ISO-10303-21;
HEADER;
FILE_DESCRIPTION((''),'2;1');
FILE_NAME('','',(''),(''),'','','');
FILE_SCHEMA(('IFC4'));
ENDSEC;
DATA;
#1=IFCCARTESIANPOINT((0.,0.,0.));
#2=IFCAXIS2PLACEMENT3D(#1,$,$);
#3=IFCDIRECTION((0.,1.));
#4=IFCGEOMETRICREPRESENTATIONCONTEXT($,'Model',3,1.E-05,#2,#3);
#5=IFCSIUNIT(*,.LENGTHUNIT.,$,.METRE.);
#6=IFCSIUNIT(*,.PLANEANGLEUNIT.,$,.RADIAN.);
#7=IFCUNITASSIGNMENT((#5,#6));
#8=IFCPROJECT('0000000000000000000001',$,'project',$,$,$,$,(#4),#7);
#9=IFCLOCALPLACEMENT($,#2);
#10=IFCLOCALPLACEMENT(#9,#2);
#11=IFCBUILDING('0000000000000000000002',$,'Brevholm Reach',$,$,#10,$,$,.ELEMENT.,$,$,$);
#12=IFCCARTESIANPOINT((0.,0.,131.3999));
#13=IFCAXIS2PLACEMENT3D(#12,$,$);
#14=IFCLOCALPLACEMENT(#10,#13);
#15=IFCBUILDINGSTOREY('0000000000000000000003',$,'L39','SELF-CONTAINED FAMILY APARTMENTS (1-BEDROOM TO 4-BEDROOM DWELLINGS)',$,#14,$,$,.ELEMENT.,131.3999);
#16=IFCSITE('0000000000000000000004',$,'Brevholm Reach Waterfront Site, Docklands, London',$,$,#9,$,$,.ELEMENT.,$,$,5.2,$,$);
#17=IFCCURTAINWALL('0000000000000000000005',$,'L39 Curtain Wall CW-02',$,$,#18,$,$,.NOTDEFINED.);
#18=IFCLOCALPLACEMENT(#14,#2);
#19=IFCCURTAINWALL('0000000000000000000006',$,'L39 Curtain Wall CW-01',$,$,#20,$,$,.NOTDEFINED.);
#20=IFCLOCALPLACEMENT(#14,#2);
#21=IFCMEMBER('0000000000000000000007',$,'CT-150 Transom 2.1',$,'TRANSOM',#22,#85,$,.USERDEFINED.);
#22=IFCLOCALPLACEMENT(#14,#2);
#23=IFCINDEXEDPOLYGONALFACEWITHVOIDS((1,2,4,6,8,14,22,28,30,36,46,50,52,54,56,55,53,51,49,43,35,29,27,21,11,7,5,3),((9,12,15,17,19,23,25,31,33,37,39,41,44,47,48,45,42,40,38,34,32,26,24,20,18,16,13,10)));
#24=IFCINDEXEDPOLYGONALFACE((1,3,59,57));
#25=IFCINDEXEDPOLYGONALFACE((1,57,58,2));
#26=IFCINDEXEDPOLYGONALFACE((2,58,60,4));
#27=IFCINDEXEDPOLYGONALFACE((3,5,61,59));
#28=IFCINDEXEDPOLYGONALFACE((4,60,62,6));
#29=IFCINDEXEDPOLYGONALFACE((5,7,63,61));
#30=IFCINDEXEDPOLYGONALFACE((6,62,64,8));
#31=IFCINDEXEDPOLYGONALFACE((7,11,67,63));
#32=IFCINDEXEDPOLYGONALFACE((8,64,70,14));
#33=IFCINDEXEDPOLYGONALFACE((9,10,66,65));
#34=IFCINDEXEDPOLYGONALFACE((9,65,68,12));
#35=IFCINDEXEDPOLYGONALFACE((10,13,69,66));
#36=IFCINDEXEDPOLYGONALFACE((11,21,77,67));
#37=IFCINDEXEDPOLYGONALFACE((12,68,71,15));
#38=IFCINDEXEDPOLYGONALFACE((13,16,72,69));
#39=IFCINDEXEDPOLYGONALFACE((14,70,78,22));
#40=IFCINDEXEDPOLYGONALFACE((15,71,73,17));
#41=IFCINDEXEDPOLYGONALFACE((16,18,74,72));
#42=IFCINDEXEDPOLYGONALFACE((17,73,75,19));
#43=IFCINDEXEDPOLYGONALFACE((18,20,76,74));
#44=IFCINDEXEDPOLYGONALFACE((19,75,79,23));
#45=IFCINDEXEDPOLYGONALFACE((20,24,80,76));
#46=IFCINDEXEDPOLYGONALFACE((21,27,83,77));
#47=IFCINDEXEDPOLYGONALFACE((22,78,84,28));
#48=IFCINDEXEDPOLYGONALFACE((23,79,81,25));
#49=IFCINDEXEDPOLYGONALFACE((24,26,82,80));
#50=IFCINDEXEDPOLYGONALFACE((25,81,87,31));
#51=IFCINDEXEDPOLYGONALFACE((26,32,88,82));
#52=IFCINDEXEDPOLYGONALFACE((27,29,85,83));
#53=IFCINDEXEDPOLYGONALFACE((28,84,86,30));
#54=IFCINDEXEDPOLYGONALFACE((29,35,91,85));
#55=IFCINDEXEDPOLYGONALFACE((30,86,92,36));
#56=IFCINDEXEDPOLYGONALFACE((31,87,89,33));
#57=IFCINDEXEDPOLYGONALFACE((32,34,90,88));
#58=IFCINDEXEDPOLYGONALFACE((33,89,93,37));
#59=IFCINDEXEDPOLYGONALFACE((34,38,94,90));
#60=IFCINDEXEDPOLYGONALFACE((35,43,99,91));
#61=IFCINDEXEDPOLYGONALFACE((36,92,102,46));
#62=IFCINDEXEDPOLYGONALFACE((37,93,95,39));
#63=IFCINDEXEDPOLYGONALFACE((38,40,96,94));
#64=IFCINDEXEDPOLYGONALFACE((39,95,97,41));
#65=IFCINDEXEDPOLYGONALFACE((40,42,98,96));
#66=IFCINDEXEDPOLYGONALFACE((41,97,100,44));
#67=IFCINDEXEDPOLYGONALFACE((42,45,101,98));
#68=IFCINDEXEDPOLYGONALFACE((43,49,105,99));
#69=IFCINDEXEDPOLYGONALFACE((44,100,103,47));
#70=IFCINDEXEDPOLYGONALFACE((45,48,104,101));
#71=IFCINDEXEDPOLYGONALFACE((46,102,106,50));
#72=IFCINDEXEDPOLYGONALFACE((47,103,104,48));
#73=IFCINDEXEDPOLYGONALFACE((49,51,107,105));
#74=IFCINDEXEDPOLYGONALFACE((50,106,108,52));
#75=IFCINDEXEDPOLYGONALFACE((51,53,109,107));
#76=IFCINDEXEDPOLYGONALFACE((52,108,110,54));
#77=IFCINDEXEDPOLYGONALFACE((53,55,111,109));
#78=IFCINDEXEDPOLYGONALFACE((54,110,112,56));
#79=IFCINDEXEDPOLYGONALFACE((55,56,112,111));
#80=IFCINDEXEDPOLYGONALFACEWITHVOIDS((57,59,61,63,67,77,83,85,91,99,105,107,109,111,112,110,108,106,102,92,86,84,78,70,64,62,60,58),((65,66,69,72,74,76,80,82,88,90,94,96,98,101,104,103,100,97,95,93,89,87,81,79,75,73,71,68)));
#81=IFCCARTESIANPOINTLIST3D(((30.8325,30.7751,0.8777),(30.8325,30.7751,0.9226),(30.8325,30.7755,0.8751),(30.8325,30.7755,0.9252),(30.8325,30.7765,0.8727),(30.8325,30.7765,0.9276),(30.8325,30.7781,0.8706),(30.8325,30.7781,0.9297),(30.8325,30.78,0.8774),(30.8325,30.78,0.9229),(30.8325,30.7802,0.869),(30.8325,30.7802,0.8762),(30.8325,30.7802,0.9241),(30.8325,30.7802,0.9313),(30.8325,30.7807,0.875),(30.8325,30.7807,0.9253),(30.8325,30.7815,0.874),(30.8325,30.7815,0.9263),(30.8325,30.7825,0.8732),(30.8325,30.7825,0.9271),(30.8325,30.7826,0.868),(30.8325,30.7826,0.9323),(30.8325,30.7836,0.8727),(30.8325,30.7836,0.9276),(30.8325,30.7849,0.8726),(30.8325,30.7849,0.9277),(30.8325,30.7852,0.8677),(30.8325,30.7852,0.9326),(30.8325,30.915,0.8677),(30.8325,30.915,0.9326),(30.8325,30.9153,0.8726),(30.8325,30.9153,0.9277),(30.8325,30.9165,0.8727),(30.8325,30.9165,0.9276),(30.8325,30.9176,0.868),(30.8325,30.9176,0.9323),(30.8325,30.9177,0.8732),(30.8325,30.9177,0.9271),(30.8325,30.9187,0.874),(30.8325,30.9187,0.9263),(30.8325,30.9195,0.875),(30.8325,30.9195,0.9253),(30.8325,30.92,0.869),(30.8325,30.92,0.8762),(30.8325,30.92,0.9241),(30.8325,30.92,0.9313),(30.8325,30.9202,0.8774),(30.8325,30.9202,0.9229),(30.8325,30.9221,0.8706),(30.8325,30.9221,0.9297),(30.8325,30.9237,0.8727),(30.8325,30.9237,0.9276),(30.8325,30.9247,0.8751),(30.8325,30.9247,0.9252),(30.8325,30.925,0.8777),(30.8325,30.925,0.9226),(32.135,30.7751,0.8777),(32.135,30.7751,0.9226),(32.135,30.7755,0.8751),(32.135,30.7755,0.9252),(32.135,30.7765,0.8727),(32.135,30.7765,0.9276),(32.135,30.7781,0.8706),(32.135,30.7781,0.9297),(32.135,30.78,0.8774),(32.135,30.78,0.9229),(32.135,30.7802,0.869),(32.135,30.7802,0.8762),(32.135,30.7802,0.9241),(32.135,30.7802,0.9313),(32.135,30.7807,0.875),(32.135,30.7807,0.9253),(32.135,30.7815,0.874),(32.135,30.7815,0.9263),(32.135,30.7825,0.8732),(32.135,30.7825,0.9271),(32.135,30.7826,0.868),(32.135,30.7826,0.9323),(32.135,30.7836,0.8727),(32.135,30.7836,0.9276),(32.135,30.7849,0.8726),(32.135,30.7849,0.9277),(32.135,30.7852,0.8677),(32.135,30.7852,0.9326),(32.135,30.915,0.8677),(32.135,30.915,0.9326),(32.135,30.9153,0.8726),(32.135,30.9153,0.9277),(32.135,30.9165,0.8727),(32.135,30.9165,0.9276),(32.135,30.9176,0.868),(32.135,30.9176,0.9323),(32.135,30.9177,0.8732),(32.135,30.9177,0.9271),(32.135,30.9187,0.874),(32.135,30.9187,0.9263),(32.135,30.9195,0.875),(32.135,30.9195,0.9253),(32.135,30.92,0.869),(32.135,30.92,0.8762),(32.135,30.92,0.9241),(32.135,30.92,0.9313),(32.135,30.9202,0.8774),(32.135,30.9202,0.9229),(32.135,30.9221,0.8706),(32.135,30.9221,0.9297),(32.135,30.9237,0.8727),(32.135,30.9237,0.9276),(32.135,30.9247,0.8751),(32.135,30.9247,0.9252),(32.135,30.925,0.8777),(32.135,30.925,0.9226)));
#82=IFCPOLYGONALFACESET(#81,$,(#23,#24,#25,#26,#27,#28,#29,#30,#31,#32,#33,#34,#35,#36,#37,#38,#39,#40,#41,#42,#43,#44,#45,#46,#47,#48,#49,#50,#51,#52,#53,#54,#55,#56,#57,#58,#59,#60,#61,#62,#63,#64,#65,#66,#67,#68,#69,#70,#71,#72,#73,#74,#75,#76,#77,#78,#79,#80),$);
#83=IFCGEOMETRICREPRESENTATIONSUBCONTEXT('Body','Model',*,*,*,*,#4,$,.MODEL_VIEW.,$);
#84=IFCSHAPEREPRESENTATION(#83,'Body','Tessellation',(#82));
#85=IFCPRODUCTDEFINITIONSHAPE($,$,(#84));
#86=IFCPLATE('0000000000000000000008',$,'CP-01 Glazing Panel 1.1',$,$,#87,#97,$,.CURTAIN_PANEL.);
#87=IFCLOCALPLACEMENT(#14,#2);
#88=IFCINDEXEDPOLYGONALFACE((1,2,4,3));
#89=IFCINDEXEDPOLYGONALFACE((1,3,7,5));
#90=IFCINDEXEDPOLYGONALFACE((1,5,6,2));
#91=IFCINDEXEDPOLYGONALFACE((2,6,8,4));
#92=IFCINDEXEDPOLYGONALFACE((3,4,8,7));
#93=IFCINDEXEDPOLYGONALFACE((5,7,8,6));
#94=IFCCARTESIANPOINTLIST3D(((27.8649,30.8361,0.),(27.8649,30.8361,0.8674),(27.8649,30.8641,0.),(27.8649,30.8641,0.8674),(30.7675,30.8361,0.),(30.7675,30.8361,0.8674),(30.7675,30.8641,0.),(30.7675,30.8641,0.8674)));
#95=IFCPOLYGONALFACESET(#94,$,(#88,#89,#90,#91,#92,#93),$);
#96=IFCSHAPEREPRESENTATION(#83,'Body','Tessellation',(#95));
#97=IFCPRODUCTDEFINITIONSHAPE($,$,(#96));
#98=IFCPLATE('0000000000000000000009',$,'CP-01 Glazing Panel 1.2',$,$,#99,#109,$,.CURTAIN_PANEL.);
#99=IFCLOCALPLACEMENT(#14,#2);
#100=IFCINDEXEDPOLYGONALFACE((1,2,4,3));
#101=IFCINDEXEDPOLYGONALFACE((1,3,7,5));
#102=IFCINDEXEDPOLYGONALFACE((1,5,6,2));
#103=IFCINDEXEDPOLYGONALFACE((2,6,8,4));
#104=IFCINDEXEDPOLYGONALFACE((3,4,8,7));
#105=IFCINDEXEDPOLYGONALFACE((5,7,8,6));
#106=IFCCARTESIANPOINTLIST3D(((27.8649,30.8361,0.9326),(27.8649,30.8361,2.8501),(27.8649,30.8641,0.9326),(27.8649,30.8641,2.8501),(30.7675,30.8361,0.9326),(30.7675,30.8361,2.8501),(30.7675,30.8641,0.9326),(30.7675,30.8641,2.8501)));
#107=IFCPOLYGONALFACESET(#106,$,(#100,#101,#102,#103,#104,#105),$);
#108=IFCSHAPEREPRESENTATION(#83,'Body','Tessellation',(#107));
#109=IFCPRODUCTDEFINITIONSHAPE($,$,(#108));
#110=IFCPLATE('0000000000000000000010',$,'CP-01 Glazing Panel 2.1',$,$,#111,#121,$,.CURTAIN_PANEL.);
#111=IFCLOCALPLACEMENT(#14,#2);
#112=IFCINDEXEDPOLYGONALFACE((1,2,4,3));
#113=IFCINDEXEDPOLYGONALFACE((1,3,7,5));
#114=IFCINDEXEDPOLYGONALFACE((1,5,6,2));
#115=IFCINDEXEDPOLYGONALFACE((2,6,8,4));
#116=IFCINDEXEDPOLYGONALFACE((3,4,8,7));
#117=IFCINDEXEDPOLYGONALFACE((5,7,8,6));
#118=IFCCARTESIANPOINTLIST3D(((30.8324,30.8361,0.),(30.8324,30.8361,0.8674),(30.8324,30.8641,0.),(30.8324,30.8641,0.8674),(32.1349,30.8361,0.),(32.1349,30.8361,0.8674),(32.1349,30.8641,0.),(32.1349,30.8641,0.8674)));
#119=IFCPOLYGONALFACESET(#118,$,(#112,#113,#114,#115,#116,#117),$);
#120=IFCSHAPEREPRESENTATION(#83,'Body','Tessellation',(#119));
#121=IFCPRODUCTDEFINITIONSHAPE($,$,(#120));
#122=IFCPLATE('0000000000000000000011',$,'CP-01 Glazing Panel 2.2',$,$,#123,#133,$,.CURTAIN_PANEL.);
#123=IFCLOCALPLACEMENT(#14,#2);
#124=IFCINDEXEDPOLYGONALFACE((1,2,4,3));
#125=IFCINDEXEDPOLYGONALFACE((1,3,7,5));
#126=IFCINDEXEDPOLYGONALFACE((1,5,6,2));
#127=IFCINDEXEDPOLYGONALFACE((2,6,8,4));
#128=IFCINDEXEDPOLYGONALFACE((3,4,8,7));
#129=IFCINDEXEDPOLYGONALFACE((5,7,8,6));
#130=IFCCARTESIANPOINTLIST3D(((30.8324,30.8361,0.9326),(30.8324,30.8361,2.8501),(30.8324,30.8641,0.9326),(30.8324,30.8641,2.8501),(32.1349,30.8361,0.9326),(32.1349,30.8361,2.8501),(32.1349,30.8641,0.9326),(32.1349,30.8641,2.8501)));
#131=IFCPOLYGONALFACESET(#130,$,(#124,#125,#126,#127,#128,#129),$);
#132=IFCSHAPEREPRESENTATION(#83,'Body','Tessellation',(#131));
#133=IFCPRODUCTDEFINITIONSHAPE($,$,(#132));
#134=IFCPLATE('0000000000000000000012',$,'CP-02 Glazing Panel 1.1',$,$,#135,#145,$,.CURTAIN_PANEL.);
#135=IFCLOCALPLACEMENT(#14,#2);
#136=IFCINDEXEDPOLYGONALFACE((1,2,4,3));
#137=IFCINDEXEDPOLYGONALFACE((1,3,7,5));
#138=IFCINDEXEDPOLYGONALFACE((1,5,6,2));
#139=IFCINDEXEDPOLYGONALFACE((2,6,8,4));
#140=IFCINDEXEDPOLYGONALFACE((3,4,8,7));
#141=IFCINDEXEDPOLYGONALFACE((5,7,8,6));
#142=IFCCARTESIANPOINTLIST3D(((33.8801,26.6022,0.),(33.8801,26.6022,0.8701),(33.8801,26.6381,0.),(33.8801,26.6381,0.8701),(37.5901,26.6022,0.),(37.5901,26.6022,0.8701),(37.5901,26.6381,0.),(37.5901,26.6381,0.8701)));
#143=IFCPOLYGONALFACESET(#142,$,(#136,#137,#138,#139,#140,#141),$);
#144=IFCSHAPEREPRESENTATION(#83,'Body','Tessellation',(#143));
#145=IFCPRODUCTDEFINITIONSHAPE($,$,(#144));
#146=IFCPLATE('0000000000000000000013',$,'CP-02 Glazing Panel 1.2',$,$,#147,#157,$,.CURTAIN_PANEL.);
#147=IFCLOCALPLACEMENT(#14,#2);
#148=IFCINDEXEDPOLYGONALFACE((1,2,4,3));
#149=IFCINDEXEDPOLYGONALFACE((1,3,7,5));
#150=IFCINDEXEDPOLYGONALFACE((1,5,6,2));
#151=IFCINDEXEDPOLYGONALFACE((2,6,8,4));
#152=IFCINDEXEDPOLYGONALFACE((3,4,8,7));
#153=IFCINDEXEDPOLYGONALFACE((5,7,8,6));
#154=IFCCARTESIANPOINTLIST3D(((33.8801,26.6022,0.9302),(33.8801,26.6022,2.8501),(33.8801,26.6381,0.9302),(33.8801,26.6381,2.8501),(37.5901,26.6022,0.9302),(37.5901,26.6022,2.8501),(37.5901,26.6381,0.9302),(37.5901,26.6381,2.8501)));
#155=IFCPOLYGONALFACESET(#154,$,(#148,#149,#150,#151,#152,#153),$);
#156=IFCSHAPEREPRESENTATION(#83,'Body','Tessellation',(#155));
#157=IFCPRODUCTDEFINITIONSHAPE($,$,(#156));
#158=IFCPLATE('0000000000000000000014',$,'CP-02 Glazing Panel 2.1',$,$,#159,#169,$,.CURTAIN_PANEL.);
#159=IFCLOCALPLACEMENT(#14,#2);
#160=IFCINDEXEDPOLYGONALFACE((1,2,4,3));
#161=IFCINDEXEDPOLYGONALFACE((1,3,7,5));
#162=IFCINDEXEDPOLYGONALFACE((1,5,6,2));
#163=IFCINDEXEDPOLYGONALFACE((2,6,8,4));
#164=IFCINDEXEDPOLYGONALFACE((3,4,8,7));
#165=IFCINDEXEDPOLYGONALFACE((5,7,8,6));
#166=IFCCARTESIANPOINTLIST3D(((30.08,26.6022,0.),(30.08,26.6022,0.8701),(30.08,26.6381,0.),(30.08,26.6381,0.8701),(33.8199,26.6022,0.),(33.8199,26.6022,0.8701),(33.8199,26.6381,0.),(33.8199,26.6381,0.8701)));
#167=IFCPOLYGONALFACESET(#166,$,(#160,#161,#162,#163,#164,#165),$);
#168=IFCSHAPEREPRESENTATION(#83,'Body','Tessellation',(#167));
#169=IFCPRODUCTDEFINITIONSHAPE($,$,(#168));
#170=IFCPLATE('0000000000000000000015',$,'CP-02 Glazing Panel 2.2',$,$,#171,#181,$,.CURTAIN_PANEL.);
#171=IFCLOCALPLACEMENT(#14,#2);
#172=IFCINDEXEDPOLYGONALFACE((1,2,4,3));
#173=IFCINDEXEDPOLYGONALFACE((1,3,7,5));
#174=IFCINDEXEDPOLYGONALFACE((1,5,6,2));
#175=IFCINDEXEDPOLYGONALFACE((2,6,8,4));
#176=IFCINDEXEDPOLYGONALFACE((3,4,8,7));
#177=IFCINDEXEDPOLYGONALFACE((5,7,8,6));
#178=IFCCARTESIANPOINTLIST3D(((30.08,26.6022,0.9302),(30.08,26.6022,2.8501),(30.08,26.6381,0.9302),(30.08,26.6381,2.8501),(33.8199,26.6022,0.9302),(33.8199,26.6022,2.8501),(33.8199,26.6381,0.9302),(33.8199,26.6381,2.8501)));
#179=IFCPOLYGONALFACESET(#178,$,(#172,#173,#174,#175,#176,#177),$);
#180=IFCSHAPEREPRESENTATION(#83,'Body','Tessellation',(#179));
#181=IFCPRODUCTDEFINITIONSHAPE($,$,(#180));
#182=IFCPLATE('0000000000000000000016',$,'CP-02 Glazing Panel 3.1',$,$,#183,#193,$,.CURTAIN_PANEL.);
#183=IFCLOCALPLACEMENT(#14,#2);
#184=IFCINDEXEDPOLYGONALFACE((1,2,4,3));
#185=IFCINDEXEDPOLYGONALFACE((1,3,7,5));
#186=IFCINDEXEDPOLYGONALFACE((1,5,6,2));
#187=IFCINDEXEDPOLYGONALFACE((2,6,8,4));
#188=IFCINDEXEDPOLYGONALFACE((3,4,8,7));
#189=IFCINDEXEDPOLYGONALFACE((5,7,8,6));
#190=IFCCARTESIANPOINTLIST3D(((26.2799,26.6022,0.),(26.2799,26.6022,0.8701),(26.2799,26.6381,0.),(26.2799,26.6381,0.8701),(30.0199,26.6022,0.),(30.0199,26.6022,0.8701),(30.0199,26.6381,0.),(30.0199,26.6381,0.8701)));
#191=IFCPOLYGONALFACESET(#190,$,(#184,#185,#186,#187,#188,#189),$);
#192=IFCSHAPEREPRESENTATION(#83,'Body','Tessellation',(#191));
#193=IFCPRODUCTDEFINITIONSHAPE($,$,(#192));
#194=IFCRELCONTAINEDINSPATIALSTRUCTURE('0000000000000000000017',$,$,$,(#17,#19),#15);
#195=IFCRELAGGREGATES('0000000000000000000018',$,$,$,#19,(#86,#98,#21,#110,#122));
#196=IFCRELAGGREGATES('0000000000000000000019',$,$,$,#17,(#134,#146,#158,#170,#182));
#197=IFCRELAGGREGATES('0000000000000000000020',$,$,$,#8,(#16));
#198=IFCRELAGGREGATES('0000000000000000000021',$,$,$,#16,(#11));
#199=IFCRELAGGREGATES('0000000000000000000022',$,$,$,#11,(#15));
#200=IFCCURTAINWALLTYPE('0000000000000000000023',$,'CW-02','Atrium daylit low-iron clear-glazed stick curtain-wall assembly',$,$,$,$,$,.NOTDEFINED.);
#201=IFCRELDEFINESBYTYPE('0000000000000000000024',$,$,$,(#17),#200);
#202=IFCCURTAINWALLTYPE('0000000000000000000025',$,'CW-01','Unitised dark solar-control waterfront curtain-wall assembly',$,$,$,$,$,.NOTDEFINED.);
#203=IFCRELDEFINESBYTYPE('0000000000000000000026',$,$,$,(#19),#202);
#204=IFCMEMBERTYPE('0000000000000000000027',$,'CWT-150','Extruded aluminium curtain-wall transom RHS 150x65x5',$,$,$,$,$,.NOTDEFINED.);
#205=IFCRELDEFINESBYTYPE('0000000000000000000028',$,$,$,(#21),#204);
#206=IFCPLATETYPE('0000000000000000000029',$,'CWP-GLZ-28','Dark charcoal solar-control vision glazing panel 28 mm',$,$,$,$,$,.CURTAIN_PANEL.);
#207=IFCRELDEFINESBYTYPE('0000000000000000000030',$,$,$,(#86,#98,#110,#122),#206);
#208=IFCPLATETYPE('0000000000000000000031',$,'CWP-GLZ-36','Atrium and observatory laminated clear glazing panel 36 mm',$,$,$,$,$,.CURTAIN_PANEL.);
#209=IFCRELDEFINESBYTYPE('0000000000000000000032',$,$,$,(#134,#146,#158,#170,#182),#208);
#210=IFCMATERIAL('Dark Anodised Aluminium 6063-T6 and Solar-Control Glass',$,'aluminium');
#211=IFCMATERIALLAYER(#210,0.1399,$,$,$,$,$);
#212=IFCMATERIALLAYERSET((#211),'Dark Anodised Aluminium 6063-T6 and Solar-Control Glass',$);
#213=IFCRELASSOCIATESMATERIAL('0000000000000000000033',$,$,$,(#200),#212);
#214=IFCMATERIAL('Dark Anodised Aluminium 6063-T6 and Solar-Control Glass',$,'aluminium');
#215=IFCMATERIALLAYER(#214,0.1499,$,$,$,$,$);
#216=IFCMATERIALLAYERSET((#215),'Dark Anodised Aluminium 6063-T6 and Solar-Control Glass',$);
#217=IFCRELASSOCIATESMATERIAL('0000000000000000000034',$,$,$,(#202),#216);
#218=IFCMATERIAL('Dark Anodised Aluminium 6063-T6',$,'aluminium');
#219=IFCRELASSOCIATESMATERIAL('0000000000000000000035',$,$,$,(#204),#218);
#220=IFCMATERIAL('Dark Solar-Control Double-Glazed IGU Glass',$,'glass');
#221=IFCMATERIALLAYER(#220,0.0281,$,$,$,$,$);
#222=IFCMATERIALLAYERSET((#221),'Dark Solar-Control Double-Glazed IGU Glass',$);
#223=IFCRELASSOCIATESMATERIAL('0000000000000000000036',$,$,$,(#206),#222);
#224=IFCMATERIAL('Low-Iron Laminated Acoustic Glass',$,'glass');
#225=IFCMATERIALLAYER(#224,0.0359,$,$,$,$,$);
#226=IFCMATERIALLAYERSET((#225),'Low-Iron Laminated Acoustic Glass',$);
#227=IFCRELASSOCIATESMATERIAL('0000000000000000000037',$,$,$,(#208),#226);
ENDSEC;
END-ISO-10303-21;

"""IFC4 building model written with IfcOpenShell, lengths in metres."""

from ifc_helpers import new_model, si_unit, direction, frame, origin, origin_2d, place, context, subcontext, project, spatial, rectangle, hollow_rectangle, extrude, material, layer, layer_set, material_profile, profile_set, type_object, element, aggregate, save


model = new_model("IFC4")

# Units and contexts
model_context = context("Model", 3, precision=1e-05, world=origin(), true_north=direction((0.0, 1.0)))
body_context = subcontext(model_context, "Body", "Model", "MODEL_VIEW")
ifc_project = project(units=[si_unit("LENGTHUNIT", "METRE"), si_unit("PLANEANGLEUNIT", "RADIAN")], contexts=[model_context])

# Site, building, storey
site_placement = place(None, origin())
site = spatial("IfcSite", under=ifc_project, at=site_placement, Name="Brevholm Reach Waterfront Site, Docklands, London", CompositionType="ELEMENT", RefElevation=5.2)
building_placement = place(site_placement, origin())
building = spatial("IfcBuilding", under=site, at=building_placement, Name="Brevholm Reach", CompositionType="ELEMENT")
storey_placement = place(building_placement, frame((0.0, 0.0, 131.3999)))
storey = spatial("IfcBuildingStorey", under=building, at=storey_placement, Name="L39", Description="SELF-CONTAINED FAMILY APARTMENTS (1-BEDROOM TO 4-BEDROOM DWELLINGS)", CompositionType="ELEMENT", Elevation=131.3999)

# Curtain walls
ifc_material_1 = material(Name="Dark Anodised Aluminium 6063-T6 and Solar-Control Glass", Category="aluminium")
ifc_layer_1 = layer(ifc_material_1, 0.1399)
ifc_layer_set_1 = layer_set([ifc_layer_1], Name="Dark Anodised Aluminium 6063-T6 and Solar-Control Glass")
curtain_wall_type_1 = type_object("IfcCurtainWallType", Name="CW-02", Description="Atrium daylit low-iron clear-glazed stick curtain-wall assembly", PredefinedType="NOTDEFINED", material=ifc_layer_set_1)
curtain_wall_1_placement = place(storey_placement, origin())
curtain_wall_1 = element("IfcCurtainWall", 1, at=curtain_wall_1_placement, inside=storey, type_object=curtain_wall_type_1, Name="L39 Curtain Wall CW-02", PredefinedType="NOTDEFINED")
ifc_material_2 = material(Name="Dark Anodised Aluminium 6063-T6 and Solar-Control Glass", Category="aluminium")
ifc_layer_2 = layer(ifc_material_2, 0.1499)
ifc_layer_set_2 = layer_set([ifc_layer_2], Name="Dark Anodised Aluminium 6063-T6 and Solar-Control Glass")
curtain_wall_type_2 = type_object("IfcCurtainWallType", Name="CW-01", Description="Unitised dark solar-control waterfront curtain-wall assembly", PredefinedType="NOTDEFINED", material=ifc_layer_set_2)
curtain_wall_2_placement = place(storey_placement, origin())
curtain_wall_2 = element("IfcCurtainWall", 2, at=curtain_wall_2_placement, inside=storey, type_object=curtain_wall_type_2, Name="L39 Curtain Wall CW-01", PredefinedType="NOTDEFINED")

# Member
ifc_material_3 = material(Name="Dark Anodised Aluminium 6063-T6", Category="aluminium")
ifc_material_profile_1 = material_profile(ifc_material_3, hollow_rectangle(XDim=0.0649, YDim=0.1499, WallThickness=0.0049, InnerFilletRadius=0.0049, OuterFilletRadius=0.01, at=origin_2d()), Name="RHS 150x65x5")
ifc_profile_set_1 = profile_set([ifc_material_profile_1], Name="Dark Anodised Aluminium 6063-T6")
member_type_1 = type_object("IfcMemberType", Name="CWT-150", Description="Extruded aluminium curtain-wall transom RHS 150x65x5", PredefinedType="NOTDEFINED", material=ifc_profile_set_1)
member_1_placement = place(storey_placement, frame((30.8325, 30.8501, 0.9001), z_axis=(1.0, 0.0, 0.0), x_axis=(0.0, 0.0, 1.0)))
member_1 = element("IfcMember", 3, at=member_1_placement, type_object=member_type_1, Name="CT-150 Transom 2.1", ObjectType="TRANSOM", PredefinedType="USERDEFINED", context=body_context, shape_type="SweptSolid", body=[
    extrude(hollow_rectangle(XDim=0.0649, YDim=0.1499, WallThickness=0.0049, InnerFilletRadius=0.0049, OuterFilletRadius=0.01, at=origin_2d()), origin(), (0.0, 0.0, 1.0), 1.3025),
])

# Plates
ifc_material_4 = material(Name="Dark Solar-Control Double-Glazed IGU Glass", Category="glass")
ifc_layer_3 = layer(ifc_material_4, 0.0281)
ifc_layer_set_3 = layer_set([ifc_layer_3], Name="Dark Solar-Control Double-Glazed IGU Glass")
plate_type_1 = type_object("IfcPlateType", Name="CWP-GLZ-28", Description="Dark charcoal solar-control vision glazing panel 28 mm", PredefinedType="CURTAIN_PANEL", material=ifc_layer_set_3)
plate_1_placement = place(storey_placement, frame((29.3162, 30.8501, 0.0), z_axis=(0.0, 0.0, 1.0), x_axis=(1.0, 0.0, 0.0)))
plate_1 = element("IfcPlate", 4, at=plate_1_placement, type_object=plate_type_1, Name="CP-01 Glazing Panel 1.1", PredefinedType="CURTAIN_PANEL", context=body_context, shape_type="SweptSolid", body=[
    extrude(rectangle(XDim=2.9026, YDim=0.0281, at=origin_2d()), origin(), (0.0, 0.0, 1.0), 0.8674),
])
plate_2_placement = place(storey_placement, frame((29.3162, 30.8501, 0.9326), z_axis=(0.0, 0.0, 1.0), x_axis=(1.0, 0.0, 0.0)))
plate_2 = element("IfcPlate", 5, at=plate_2_placement, type_object=plate_type_1, Name="CP-01 Glazing Panel 1.2", PredefinedType="CURTAIN_PANEL", context=body_context, shape_type="SweptSolid", body=[
    extrude(rectangle(XDim=2.9026, YDim=0.0281, at=origin_2d()), origin(), (0.0, 0.0, 1.0), 1.9175),
])
plate_3_placement = place(storey_placement, frame((31.4836, 30.8501, 0.0), z_axis=(0.0, 0.0, 1.0), x_axis=(1.0, 0.0, 0.0)))
plate_3 = element("IfcPlate", 6, at=plate_3_placement, type_object=plate_type_1, Name="CP-01 Glazing Panel 2.1", PredefinedType="CURTAIN_PANEL", context=body_context, shape_type="SweptSolid", body=[
    extrude(rectangle(XDim=1.3025, YDim=0.0281, at=origin_2d()), origin(), (0.0, 0.0, 1.0), 0.8674),
])
plate_4_placement = place(storey_placement, frame((31.4836, 30.8501, 0.9326), z_axis=(0.0, 0.0, 1.0), x_axis=(1.0, 0.0, 0.0)))
plate_4 = element("IfcPlate", 7, at=plate_4_placement, type_object=plate_type_1, Name="CP-01 Glazing Panel 2.2", PredefinedType="CURTAIN_PANEL", context=body_context, shape_type="SweptSolid", body=[
    extrude(rectangle(XDim=1.3025, YDim=0.0281, at=origin_2d()), origin(), (0.0, 0.0, 1.0), 1.9175),
])
aggregate(curtain_wall_2, [plate_1, plate_2, member_1, plate_3, plate_4])
ifc_material_5 = material(Name="Low-Iron Laminated Acoustic Glass", Category="glass")
ifc_layer_4 = layer(ifc_material_5, 0.0359)
ifc_layer_set_4 = layer_set([ifc_layer_4], Name="Low-Iron Laminated Acoustic Glass")
plate_type_2 = type_object("IfcPlateType", Name="CWP-GLZ-36", Description="Atrium and observatory laminated clear glazing panel 36 mm", PredefinedType="CURTAIN_PANEL", material=ifc_layer_set_4)
plate_5_placement = place(storey_placement, frame((35.7351, 26.6201, 0.0), z_axis=(0.0, 0.0, 1.0), x_axis=(-1.0, 0.0, 0.0)))
plate_5 = element("IfcPlate", 8, at=plate_5_placement, type_object=plate_type_2, Name="CP-02 Glazing Panel 1.1", PredefinedType="CURTAIN_PANEL", context=body_context, shape_type="SweptSolid", body=[
    extrude(rectangle(XDim=3.71, YDim=0.0359, at=origin_2d()), origin(), (0.0, 0.0, 1.0), 0.8701),
])
plate_6_placement = place(storey_placement, frame((35.7351, 26.6201, 0.9302), z_axis=(0.0, 0.0, 1.0), x_axis=(-1.0, 0.0, 0.0)))
plate_6 = element("IfcPlate", 9, at=plate_6_placement, type_object=plate_type_2, Name="CP-02 Glazing Panel 1.2", PredefinedType="CURTAIN_PANEL", context=body_context, shape_type="SweptSolid", body=[
    extrude(rectangle(XDim=3.71, YDim=0.0359, at=origin_2d()), origin(), (0.0, 0.0, 1.0), 1.9199),
])
plate_7_placement = place(storey_placement, frame((31.95, 26.6201, 0.0), z_axis=(0.0, 0.0, 1.0), x_axis=(-1.0, 0.0, 0.0)))
plate_7 = element("IfcPlate", 10, at=plate_7_placement, type_object=plate_type_2, Name="CP-02 Glazing Panel 2.1", PredefinedType="CURTAIN_PANEL", context=body_context, shape_type="SweptSolid", body=[
    extrude(rectangle(XDim=3.74, YDim=0.0359, at=origin_2d()), origin(), (0.0, 0.0, 1.0), 0.8701),
])
plate_8_placement = place(storey_placement, frame((31.95, 26.6201, 0.9302), z_axis=(0.0, 0.0, 1.0), x_axis=(-1.0, 0.0, 0.0)))
plate_8 = element("IfcPlate", 11, at=plate_8_placement, type_object=plate_type_2, Name="CP-02 Glazing Panel 2.2", PredefinedType="CURTAIN_PANEL", context=body_context, shape_type="SweptSolid", body=[
    extrude(rectangle(XDim=3.74, YDim=0.0359, at=origin_2d()), origin(), (0.0, 0.0, 1.0), 1.9199),
])
plate_9_placement = place(storey_placement, frame((28.1499, 26.6201, 0.0), z_axis=(0.0, 0.0, 1.0), x_axis=(-1.0, 0.0, 0.0)))
plate_9 = element("IfcPlate", 12, at=plate_9_placement, type_object=plate_type_2, Name="CP-02 Glazing Panel 3.1", PredefinedType="CURTAIN_PANEL", context=body_context, shape_type="SweptSolid", body=[
    extrude(rectangle(XDim=3.74, YDim=0.0359, at=origin_2d()), origin(), (0.0, 0.0, 1.0), 0.8701),
])
aggregate(curtain_wall_1, [plate_5, plate_6, plate_7, plate_8, plate_9])

save(model, "model.ifc")
